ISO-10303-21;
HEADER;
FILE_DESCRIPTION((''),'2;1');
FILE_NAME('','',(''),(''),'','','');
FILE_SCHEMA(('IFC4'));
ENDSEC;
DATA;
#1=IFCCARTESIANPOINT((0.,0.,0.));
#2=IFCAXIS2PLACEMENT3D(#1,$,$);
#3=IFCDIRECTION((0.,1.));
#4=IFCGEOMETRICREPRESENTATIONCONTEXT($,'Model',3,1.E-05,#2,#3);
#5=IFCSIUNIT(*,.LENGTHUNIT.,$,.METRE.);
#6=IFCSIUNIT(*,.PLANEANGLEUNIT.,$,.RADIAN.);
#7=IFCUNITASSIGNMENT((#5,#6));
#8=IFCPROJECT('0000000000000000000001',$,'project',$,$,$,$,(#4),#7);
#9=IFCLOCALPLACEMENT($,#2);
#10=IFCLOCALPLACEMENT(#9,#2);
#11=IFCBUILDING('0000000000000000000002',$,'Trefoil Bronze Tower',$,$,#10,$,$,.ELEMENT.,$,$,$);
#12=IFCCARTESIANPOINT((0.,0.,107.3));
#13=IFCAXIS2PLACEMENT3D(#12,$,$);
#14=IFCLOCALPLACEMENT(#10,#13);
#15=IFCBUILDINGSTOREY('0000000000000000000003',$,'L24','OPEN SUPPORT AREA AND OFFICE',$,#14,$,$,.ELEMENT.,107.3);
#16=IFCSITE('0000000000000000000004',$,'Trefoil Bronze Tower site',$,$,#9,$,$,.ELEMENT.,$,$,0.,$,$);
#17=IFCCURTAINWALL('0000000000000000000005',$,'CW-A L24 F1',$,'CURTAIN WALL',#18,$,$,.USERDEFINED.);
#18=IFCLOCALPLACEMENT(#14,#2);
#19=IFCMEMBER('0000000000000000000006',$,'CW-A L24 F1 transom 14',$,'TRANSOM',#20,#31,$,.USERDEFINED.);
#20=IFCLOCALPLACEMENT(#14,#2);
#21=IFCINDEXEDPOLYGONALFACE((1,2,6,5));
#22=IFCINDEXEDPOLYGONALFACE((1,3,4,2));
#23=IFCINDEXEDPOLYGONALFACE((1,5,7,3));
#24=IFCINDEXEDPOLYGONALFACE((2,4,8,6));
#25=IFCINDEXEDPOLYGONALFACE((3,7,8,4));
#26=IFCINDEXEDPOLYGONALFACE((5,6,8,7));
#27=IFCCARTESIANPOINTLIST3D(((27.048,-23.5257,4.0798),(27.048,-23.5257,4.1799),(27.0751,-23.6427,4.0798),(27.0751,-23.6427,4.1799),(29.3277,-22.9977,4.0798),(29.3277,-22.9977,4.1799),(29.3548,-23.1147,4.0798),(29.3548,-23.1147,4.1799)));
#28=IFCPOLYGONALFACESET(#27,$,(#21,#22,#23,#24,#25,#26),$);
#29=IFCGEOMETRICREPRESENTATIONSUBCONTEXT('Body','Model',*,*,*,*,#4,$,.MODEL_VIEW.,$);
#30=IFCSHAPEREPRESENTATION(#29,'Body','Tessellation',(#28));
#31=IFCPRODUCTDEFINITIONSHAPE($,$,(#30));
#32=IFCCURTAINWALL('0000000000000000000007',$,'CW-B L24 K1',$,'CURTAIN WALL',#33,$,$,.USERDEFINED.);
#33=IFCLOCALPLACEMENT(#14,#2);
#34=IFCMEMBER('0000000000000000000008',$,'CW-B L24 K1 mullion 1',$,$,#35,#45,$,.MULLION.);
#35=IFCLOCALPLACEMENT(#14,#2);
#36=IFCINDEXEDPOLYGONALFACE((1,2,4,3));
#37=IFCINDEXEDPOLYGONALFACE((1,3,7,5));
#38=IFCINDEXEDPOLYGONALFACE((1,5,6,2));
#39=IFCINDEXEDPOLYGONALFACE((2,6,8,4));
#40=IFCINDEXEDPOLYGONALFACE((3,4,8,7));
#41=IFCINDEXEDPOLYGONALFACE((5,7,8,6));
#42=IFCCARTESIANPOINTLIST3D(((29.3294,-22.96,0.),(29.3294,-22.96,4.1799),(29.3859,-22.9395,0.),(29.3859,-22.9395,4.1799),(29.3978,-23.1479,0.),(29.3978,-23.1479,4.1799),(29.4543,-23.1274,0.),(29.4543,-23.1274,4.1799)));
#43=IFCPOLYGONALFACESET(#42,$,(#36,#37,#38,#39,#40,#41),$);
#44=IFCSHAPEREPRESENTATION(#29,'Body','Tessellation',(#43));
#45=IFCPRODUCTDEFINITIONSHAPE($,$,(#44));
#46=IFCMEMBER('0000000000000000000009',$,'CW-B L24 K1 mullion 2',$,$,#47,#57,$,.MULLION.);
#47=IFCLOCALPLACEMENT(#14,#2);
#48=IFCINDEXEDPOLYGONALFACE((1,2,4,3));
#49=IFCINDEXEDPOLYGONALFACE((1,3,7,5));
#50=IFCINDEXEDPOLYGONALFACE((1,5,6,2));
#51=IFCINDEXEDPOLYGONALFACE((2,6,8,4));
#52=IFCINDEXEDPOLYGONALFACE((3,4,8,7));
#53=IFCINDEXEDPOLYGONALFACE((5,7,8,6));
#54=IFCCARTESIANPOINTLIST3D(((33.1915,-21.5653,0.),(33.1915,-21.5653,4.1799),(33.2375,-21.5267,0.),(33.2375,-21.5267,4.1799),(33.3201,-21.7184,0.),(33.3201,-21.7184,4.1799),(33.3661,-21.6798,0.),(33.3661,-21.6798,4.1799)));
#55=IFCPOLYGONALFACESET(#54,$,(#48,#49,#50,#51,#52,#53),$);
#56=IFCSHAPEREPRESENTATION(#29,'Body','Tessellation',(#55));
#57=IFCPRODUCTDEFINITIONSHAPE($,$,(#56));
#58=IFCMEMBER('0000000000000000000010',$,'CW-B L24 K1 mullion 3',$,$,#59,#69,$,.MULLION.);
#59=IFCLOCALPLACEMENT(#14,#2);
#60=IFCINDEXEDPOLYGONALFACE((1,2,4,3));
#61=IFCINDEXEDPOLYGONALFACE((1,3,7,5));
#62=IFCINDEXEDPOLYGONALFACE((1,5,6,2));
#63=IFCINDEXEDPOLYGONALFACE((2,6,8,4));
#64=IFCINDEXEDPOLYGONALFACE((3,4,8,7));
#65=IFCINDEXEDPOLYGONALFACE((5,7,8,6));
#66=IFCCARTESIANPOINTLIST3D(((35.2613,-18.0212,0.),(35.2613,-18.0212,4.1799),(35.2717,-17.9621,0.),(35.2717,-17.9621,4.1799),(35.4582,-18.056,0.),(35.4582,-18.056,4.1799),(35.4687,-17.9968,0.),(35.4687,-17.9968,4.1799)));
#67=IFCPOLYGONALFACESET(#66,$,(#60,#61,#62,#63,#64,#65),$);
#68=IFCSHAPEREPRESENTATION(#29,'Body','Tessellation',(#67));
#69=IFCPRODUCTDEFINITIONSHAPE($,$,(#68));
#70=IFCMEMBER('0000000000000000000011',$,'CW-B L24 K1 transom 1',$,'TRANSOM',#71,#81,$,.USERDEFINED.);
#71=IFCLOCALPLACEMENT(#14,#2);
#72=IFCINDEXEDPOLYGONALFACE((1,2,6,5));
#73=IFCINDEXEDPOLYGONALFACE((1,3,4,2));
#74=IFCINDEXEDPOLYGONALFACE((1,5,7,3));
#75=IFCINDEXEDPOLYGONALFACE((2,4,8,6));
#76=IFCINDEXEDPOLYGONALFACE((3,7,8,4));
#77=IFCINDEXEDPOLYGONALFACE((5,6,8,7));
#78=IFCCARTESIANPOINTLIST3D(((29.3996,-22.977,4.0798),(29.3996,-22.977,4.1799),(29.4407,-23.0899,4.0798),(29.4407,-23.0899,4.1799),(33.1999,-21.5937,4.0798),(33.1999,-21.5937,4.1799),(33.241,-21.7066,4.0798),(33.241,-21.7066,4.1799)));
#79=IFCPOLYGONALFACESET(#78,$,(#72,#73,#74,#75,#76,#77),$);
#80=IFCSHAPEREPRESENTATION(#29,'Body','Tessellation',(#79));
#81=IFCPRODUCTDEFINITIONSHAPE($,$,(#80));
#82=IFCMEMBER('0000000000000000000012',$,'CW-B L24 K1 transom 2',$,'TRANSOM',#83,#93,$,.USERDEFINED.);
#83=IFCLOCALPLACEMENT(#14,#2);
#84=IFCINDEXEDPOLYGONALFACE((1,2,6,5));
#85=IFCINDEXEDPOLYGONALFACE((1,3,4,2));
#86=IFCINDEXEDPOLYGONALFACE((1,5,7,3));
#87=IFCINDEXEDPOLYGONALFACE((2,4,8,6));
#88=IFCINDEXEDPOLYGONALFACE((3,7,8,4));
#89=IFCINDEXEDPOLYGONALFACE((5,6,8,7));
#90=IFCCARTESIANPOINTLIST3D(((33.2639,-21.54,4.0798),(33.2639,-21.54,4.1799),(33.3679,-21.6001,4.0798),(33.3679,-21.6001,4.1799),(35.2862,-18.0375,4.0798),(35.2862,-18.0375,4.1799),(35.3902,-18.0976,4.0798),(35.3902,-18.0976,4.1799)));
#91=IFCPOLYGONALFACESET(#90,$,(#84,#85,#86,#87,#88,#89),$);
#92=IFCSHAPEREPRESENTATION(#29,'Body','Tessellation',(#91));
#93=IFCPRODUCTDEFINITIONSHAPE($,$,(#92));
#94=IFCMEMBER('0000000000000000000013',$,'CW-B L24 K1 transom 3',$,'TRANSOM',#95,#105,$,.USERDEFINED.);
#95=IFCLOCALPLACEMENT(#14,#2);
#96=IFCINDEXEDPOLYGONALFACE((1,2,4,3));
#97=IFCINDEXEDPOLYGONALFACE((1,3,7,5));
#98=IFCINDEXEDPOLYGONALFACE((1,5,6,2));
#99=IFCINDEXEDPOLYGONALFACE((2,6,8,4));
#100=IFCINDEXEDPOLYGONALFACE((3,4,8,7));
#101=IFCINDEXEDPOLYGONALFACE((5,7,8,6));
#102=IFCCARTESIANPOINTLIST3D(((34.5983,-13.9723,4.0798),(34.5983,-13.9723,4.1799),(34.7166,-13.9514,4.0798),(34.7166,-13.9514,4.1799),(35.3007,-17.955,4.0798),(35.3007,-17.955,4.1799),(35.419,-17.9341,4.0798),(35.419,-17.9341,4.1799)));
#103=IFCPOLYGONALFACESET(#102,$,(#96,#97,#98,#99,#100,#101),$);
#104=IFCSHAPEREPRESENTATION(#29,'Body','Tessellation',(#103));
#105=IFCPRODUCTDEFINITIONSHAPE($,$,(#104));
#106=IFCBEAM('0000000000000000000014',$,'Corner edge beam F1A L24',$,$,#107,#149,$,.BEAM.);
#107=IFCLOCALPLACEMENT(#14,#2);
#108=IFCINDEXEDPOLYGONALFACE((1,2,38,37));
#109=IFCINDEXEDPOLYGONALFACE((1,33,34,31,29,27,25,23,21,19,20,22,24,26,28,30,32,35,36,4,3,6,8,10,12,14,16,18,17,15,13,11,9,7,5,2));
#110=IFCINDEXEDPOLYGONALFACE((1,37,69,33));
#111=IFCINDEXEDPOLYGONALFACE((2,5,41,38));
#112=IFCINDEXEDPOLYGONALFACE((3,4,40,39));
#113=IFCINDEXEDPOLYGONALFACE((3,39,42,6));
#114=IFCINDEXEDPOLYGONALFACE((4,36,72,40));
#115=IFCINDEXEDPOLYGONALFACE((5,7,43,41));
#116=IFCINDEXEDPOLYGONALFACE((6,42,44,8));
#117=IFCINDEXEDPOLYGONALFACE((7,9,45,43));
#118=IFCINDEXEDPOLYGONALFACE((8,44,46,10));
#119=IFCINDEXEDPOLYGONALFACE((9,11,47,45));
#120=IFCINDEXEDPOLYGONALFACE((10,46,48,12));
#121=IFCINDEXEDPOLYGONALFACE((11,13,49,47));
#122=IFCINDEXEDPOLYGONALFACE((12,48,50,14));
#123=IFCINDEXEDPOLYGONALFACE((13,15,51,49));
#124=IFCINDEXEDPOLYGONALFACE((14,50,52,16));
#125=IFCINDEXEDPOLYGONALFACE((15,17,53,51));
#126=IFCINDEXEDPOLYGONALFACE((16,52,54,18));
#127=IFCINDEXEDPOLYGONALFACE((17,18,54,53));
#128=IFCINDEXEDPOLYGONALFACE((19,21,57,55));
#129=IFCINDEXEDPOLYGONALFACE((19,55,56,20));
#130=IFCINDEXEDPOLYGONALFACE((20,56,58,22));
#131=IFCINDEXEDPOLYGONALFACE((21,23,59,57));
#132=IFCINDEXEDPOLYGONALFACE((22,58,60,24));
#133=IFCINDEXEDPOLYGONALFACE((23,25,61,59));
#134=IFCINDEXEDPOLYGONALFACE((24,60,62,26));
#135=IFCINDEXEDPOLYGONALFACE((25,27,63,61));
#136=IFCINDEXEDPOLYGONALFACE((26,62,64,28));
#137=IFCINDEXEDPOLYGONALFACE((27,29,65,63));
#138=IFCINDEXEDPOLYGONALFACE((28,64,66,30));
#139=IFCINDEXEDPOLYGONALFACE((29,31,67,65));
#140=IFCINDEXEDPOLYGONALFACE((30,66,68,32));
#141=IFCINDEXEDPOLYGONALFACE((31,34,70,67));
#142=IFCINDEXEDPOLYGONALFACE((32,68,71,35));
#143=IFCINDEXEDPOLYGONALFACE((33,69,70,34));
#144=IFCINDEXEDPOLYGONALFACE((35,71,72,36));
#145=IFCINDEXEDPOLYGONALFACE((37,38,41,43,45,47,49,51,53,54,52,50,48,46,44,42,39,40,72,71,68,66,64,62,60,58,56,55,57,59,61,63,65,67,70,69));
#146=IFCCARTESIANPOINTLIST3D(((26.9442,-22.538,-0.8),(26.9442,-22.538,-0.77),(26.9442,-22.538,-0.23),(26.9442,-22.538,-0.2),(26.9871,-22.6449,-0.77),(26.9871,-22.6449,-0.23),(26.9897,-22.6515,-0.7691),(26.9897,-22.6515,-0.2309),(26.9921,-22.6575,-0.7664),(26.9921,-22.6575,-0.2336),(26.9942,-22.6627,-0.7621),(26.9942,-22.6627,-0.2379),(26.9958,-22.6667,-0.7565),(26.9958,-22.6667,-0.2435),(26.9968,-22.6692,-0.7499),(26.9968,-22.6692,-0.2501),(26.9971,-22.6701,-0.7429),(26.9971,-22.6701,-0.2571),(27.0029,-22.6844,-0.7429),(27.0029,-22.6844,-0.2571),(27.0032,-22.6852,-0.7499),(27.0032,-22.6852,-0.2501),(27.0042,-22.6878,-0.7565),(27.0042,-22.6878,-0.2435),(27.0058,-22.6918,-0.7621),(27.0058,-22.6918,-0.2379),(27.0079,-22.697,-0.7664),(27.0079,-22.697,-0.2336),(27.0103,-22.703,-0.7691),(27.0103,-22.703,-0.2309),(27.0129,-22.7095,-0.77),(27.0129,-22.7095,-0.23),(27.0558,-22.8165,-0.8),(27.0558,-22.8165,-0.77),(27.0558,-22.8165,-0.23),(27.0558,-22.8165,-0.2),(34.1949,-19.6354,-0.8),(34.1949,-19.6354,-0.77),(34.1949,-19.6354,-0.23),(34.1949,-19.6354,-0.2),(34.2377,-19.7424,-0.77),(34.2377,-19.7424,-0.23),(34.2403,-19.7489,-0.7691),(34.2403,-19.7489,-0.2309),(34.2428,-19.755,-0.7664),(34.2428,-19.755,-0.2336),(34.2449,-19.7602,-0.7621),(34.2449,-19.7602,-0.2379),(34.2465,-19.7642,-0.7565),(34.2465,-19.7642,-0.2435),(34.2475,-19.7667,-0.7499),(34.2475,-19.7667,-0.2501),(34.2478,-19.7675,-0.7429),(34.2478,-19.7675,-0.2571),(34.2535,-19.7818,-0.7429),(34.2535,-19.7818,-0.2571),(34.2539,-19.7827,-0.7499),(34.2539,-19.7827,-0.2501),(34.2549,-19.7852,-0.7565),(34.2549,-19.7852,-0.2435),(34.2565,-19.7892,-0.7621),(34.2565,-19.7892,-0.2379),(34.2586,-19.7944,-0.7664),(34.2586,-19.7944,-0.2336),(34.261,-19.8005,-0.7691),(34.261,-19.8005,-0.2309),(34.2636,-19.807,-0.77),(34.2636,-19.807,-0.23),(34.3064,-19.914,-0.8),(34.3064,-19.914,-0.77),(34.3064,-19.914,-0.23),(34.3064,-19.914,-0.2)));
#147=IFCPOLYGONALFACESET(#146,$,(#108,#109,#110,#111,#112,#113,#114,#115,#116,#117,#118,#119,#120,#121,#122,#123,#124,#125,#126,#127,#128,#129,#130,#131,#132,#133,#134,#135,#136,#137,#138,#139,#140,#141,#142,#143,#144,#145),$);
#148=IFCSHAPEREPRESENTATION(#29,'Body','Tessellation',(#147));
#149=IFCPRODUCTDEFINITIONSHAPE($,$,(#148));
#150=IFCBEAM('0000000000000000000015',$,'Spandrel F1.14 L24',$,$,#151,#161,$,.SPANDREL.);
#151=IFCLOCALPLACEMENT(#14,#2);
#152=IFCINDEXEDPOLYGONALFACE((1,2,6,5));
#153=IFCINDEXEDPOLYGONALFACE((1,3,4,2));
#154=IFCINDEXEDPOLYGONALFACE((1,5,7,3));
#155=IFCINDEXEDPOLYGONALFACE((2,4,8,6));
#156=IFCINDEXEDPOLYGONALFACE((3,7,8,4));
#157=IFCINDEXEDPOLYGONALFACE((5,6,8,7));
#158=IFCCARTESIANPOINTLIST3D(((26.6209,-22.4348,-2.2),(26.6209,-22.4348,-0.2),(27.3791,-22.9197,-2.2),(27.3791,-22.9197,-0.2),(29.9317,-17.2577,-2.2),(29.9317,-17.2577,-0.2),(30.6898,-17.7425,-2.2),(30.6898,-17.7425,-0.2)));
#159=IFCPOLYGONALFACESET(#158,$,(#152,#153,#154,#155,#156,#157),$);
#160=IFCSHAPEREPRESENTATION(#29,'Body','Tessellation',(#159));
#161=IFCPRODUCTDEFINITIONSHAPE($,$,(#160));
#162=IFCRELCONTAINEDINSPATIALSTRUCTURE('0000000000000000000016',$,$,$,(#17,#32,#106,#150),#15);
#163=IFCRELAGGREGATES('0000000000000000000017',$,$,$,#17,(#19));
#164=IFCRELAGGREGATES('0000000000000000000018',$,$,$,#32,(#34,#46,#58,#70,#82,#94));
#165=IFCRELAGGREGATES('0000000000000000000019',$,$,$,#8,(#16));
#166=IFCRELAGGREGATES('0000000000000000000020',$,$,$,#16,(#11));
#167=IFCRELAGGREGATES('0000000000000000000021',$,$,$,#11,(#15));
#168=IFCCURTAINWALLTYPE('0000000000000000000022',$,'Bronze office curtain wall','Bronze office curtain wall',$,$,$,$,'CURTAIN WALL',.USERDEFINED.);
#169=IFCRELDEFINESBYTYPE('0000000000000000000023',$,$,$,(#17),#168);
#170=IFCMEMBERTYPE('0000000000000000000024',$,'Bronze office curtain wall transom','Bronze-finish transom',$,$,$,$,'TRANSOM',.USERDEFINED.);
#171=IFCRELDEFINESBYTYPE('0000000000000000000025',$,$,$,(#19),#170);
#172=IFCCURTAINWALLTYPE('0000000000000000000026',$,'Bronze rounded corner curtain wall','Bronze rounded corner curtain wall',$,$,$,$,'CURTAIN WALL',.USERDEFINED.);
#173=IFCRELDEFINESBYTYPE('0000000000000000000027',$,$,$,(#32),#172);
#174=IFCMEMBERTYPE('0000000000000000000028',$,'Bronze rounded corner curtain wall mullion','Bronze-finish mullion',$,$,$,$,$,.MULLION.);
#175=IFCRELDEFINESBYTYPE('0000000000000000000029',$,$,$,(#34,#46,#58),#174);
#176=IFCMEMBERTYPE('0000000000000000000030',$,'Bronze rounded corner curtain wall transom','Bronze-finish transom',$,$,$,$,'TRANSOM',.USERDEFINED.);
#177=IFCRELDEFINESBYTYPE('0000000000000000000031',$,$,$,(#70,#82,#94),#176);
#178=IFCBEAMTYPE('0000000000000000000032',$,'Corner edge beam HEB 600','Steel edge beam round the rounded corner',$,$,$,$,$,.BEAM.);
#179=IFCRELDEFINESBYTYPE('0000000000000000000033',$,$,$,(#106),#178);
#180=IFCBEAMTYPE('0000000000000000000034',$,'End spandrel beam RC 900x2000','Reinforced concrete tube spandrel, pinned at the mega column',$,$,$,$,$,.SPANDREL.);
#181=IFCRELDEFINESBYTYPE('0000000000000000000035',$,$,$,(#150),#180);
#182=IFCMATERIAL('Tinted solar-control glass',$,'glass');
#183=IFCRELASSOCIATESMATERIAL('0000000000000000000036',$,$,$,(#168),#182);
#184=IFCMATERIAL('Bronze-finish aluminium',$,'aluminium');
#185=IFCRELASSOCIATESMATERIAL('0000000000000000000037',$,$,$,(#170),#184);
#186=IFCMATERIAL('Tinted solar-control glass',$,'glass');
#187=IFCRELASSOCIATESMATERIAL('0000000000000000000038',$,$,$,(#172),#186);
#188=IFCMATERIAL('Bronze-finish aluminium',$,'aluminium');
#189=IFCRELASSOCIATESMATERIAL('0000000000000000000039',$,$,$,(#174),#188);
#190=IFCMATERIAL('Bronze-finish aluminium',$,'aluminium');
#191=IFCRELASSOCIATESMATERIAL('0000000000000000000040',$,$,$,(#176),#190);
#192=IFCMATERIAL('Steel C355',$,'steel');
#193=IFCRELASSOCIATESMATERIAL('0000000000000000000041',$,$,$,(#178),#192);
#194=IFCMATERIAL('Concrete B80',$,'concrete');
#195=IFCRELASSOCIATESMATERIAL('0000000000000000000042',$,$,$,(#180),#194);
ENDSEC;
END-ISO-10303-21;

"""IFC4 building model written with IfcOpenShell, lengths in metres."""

from ifc_helpers import new_model, si_unit, direction, frame, origin, origin_2d, place, context, subcontext, project, spatial, rectangle, i_section, extrude, material, material_profile, profile_set, type_object, element, aggregate, save


model = new_model("IFC4")

# Units and contexts
model_context = context("Model", 3, precision=1e-05, world=origin(), true_north=direction((0.0, 1.0)))
body_context = subcontext(model_context, "Body", "Model", "MODEL_VIEW")
ifc_project = project(units=[si_unit("LENGTHUNIT", "METRE"), si_unit("PLANEANGLEUNIT", "RADIAN")], contexts=[model_context])

# Site, building, storey
site_placement = place(None, origin())
site = spatial("IfcSite", under=ifc_project, at=site_placement, Name="Trefoil Bronze Tower site", CompositionType="ELEMENT", RefElevation=0.0)
building_placement = place(site_placement, origin())
building = spatial("IfcBuilding", under=site, at=building_placement, Name="Trefoil Bronze Tower", CompositionType="ELEMENT")
storey_placement = place(building_placement, frame((0.0, 0.0, 107.3)))
storey = spatial("IfcBuildingStorey", under=building, at=storey_placement, Name="L24", Description="OPEN SUPPORT AREA AND OFFICE", CompositionType="ELEMENT", Elevation=107.3)

# Curtain walls, members
ifc_material_1 = material(Name="Tinted solar-control glass", Category="glass")
curtain_wall_type_1 = type_object("IfcCurtainWallType", Name="Bronze office curtain wall", Description="Bronze office curtain wall", ElementType="CURTAIN WALL", PredefinedType="USERDEFINED", material=ifc_material_1)
curtain_wall_1_placement = place(storey_placement, origin())
curtain_wall_1 = element("IfcCurtainWall", 1, at=curtain_wall_1_placement, inside=storey, type_object=curtain_wall_type_1, Name="CW-A L24 F1", ObjectType="CURTAIN WALL", PredefinedType="USERDEFINED")
ifc_material_2 = material(Name="Bronze-finish aluminium", Category="aluminium")
ifc_material_profile_1 = material_profile(ifc_material_2, rectangle(XDim=0.1201, YDim=0.1001, at=origin_2d()), Name="CW-A transom")
ifc_profile_set_1 = profile_set([ifc_material_profile_1], Name="Bronze-finish aluminium")
member_type_1 = type_object("IfcMemberType", Name="Bronze office curtain wall transom", Description="Bronze-finish transom", ElementType="TRANSOM", PredefinedType="USERDEFINED", material=ifc_profile_set_1)
member_1_placement = place(storey_placement, frame((27.0615, -23.5842, 4.1299), z_axis=(0.974206, 0.225659, 0.0), x_axis=(-0.225659, 0.974206, 0.0)))
member_1 = element("IfcMember", 2, at=member_1_placement, type_object=member_type_1, Name="CW-A L24 F1 transom 14", ObjectType="TRANSOM", PredefinedType="USERDEFINED", context=body_context, shape_type="SweptSolid", body=[
    extrude(rectangle(XDim=0.1201, YDim=0.1001, at=origin_2d()), origin(), (0.0, 0.0, 1.0), 2.3401),
])
ifc_material_3 = material(Name="Tinted solar-control glass", Category="glass")
curtain_wall_type_2 = type_object("IfcCurtainWallType", Name="Bronze rounded corner curtain wall", Description="Bronze rounded corner curtain wall", ElementType="CURTAIN WALL", PredefinedType="USERDEFINED", material=ifc_material_3)
curtain_wall_2_placement = place(storey_placement, origin())
curtain_wall_2 = element("IfcCurtainWall", 3, at=curtain_wall_2_placement, inside=storey, type_object=curtain_wall_type_2, Name="CW-B L24 K1", ObjectType="CURTAIN WALL", PredefinedType="USERDEFINED")
ifc_material_4 = material(Name="Bronze-finish aluminium", Category="aluminium")
ifc_material_profile_2 = material_profile(ifc_material_4, rectangle(XDim=0.2, YDim=0.0601, at=origin_2d()), Name="CW-B mullion")
ifc_profile_set_2 = profile_set([ifc_material_profile_2], Name="Bronze-finish aluminium")
member_type_2 = type_object("IfcMemberType", Name="Bronze rounded corner curtain wall mullion", Description="Bronze-finish mullion", PredefinedType="MULLION", material=ifc_profile_set_2)
member_2_placement = place(storey_placement, frame((29.3918, -23.0437, 0.0), z_axis=(0.0, 0.0, 1.0), x_axis=(-0.34202, 0.939693, 0.0)))
member_2 = element("IfcMember", 4, at=member_2_placement, type_object=member_type_2, Name="CW-B L24 K1 mullion 1", PredefinedType="MULLION", context=body_context, shape_type="SweptSolid", body=[
    extrude(rectangle(XDim=0.2, YDim=0.0601, at=origin_2d()), origin(), (0.0, 0.0, 1.0), 4.1799),
])
member_3_placement = place(storey_placement, frame((33.2788, -21.6226, 0.0), z_axis=(0.0, 0.0, 1.0), x_axis=(-0.642788, 0.766044, 0.0)))
member_3 = element("IfcMember", 5, at=member_3_placement, type_object=member_type_2, Name="CW-B L24 K1 mullion 2", PredefinedType="MULLION", context=body_context, shape_type="SweptSolid", body=[
    extrude(rectangle(XDim=0.2, YDim=0.0601, at=origin_2d()), origin(), (0.0, 0.0, 1.0), 4.1799),
])
member_4_placement = place(storey_placement, frame((35.365, -18.009, 0.0), z_axis=(0.0, 0.0, 1.0), x_axis=(-0.984808, 0.173648, 0.0)))
member_4 = element("IfcMember", 6, at=member_4_placement, type_object=member_type_2, Name="CW-B L24 K1 mullion 3", PredefinedType="MULLION", context=body_context, shape_type="SweptSolid", body=[
    extrude(rectangle(XDim=0.2, YDim=0.0601, at=origin_2d()), origin(), (0.0, 0.0, 1.0), 4.1799),
])
ifc_material_5 = material(Name="Bronze-finish aluminium", Category="aluminium")
ifc_material_profile_3 = material_profile(ifc_material_5, rectangle(XDim=0.1201, YDim=0.1001, at=origin_2d()), Name="CW-B transom")
ifc_profile_set_3 = profile_set([ifc_material_profile_3], Name="Bronze-finish aluminium")
member_type_3 = type_object("IfcMemberType", Name="Bronze rounded corner curtain wall transom", Description="Bronze-finish transom", ElementType="TRANSOM", PredefinedType="USERDEFINED", material=ifc_profile_set_3)
member_5_placement = place(storey_placement, frame((29.4202, -23.0334, 4.1299), z_axis=(0.939684, 0.342044, 0.0), x_axis=(-0.342044, 0.939684, 0.0)))
member_5 = element("IfcMember", 7, at=member_5_placement, type_object=member_type_3, Name="CW-B L24 K1 transom 1", ObjectType="TRANSOM", PredefinedType="USERDEFINED", context=body_context, shape_type="SweptSolid", body=[
    extrude(rectangle(XDim=0.1201, YDim=0.1001, at=origin_2d()), origin(), (0.0, 0.0, 1.0), 4.0442),
])
member_6_placement = place(storey_placement, frame((33.3159, -21.5701, 4.1299), z_axis=(0.500015, 0.866017, 0.0), x_axis=(-0.866017, 0.500015, 0.0)))
member_6 = element("IfcMember", 8, at=member_6_placement, type_object=member_type_3, Name="CW-B L24 K1 transom 2", ObjectType="TRANSOM", PredefinedType="USERDEFINED", context=body_context, shape_type="SweptSolid", body=[
    extrude(rectangle(XDim=0.1201, YDim=0.1001, at=origin_2d()), origin(), (0.0, 0.0, 1.0), 4.0444),
])
member_7_placement = place(storey_placement, frame((35.3599, -17.9446, 4.1299), z_axis=(-0.173682, 0.984802, 0.0), x_axis=(-0.984802, -0.173682, 0.0)))
member_7 = element("IfcMember", 9, at=member_7_placement, type_object=member_type_3, Name="CW-B L24 K1 transom 3", ObjectType="TRANSOM", PredefinedType="USERDEFINED", context=body_context, shape_type="SweptSolid", body=[
    extrude(rectangle(XDim=0.1201, YDim=0.1001, at=origin_2d()), origin(), (0.0, 0.0, 1.0), 4.0442),
])

# Beams
ifc_material_6 = material(Name="Steel C355", Category="steel")
ifc_material_profile_4 = material_profile(ifc_material_6, i_section(OverallWidth=0.3, OverallDepth=0.6001, WebThickness=0.0154, FlangeThickness=0.03, FilletRadius=0.0271, at=origin_2d()), Name="HEB 600")
ifc_profile_set_4 = profile_set([ifc_material_profile_4], Name="Steel C355")
beam_type_1 = type_object("IfcBeamType", Name="Corner edge beam HEB 600", Description="Steel edge beam round the rounded corner", PredefinedType="BEAM", material=ifc_profile_set_4)
beam_1_placement = place(storey_placement, frame((27.0, -22.6772, -0.5), z_axis=(0.928375, 0.371644, 0.0), x_axis=(-0.371644, 0.928375, 0.0)))
element("IfcBeam", 10, at=beam_1_placement, inside=storey, type_object=beam_type_1, Name="Corner edge beam F1A L24", PredefinedType="BEAM", context=body_context, shape_type="SweptSolid", body=[
    extrude(i_section(OverallWidth=0.3, OverallDepth=0.6001, WebThickness=0.0154, FlangeThickness=0.03, FilletRadius=0.0271, at=origin_2d()), origin(), (0.0, 0.0, 1.0), 7.8101),
])
ifc_material_7 = material(Name="Concrete B80", Category="concrete")
ifc_material_profile_5 = material_profile(ifc_material_7, rectangle(XDim=0.8999, YDim=2.0, at=origin_2d()), Name="RC 900x2000")
ifc_profile_set_5 = profile_set([ifc_material_profile_5], Name="Concrete B80")
beam_type_2 = type_object("IfcBeamType", Name="End spandrel beam RC 900x2000", Description="Reinforced concrete tube spandrel, pinned at the mega column", PredefinedType="SPANDREL", material=ifc_profile_set_5)
beam_2_placement = place(storey_placement, frame((27.0, -22.6772, -1.2), z_axis=(0.538748, 0.842467, 0.0), x_axis=(-0.842467, 0.538748, 0.0)))
element("IfcBeam", 11, at=beam_2_placement, inside=storey, type_object=beam_type_2, Name="Spandrel F1.14 L24", PredefinedType="SPANDREL", context=body_context, shape_type="SweptSolid", body=[
    extrude(rectangle(XDim=0.8999, YDim=2.0, at=origin_2d()), origin(), (0.0, 0.0, 1.0), 6.1453),
])

aggregate(curtain_wall_1, [member_1])
aggregate(curtain_wall_2, [member_2, member_3, member_4, member_5, member_6, member_7])

save(model, "model.ifc")
